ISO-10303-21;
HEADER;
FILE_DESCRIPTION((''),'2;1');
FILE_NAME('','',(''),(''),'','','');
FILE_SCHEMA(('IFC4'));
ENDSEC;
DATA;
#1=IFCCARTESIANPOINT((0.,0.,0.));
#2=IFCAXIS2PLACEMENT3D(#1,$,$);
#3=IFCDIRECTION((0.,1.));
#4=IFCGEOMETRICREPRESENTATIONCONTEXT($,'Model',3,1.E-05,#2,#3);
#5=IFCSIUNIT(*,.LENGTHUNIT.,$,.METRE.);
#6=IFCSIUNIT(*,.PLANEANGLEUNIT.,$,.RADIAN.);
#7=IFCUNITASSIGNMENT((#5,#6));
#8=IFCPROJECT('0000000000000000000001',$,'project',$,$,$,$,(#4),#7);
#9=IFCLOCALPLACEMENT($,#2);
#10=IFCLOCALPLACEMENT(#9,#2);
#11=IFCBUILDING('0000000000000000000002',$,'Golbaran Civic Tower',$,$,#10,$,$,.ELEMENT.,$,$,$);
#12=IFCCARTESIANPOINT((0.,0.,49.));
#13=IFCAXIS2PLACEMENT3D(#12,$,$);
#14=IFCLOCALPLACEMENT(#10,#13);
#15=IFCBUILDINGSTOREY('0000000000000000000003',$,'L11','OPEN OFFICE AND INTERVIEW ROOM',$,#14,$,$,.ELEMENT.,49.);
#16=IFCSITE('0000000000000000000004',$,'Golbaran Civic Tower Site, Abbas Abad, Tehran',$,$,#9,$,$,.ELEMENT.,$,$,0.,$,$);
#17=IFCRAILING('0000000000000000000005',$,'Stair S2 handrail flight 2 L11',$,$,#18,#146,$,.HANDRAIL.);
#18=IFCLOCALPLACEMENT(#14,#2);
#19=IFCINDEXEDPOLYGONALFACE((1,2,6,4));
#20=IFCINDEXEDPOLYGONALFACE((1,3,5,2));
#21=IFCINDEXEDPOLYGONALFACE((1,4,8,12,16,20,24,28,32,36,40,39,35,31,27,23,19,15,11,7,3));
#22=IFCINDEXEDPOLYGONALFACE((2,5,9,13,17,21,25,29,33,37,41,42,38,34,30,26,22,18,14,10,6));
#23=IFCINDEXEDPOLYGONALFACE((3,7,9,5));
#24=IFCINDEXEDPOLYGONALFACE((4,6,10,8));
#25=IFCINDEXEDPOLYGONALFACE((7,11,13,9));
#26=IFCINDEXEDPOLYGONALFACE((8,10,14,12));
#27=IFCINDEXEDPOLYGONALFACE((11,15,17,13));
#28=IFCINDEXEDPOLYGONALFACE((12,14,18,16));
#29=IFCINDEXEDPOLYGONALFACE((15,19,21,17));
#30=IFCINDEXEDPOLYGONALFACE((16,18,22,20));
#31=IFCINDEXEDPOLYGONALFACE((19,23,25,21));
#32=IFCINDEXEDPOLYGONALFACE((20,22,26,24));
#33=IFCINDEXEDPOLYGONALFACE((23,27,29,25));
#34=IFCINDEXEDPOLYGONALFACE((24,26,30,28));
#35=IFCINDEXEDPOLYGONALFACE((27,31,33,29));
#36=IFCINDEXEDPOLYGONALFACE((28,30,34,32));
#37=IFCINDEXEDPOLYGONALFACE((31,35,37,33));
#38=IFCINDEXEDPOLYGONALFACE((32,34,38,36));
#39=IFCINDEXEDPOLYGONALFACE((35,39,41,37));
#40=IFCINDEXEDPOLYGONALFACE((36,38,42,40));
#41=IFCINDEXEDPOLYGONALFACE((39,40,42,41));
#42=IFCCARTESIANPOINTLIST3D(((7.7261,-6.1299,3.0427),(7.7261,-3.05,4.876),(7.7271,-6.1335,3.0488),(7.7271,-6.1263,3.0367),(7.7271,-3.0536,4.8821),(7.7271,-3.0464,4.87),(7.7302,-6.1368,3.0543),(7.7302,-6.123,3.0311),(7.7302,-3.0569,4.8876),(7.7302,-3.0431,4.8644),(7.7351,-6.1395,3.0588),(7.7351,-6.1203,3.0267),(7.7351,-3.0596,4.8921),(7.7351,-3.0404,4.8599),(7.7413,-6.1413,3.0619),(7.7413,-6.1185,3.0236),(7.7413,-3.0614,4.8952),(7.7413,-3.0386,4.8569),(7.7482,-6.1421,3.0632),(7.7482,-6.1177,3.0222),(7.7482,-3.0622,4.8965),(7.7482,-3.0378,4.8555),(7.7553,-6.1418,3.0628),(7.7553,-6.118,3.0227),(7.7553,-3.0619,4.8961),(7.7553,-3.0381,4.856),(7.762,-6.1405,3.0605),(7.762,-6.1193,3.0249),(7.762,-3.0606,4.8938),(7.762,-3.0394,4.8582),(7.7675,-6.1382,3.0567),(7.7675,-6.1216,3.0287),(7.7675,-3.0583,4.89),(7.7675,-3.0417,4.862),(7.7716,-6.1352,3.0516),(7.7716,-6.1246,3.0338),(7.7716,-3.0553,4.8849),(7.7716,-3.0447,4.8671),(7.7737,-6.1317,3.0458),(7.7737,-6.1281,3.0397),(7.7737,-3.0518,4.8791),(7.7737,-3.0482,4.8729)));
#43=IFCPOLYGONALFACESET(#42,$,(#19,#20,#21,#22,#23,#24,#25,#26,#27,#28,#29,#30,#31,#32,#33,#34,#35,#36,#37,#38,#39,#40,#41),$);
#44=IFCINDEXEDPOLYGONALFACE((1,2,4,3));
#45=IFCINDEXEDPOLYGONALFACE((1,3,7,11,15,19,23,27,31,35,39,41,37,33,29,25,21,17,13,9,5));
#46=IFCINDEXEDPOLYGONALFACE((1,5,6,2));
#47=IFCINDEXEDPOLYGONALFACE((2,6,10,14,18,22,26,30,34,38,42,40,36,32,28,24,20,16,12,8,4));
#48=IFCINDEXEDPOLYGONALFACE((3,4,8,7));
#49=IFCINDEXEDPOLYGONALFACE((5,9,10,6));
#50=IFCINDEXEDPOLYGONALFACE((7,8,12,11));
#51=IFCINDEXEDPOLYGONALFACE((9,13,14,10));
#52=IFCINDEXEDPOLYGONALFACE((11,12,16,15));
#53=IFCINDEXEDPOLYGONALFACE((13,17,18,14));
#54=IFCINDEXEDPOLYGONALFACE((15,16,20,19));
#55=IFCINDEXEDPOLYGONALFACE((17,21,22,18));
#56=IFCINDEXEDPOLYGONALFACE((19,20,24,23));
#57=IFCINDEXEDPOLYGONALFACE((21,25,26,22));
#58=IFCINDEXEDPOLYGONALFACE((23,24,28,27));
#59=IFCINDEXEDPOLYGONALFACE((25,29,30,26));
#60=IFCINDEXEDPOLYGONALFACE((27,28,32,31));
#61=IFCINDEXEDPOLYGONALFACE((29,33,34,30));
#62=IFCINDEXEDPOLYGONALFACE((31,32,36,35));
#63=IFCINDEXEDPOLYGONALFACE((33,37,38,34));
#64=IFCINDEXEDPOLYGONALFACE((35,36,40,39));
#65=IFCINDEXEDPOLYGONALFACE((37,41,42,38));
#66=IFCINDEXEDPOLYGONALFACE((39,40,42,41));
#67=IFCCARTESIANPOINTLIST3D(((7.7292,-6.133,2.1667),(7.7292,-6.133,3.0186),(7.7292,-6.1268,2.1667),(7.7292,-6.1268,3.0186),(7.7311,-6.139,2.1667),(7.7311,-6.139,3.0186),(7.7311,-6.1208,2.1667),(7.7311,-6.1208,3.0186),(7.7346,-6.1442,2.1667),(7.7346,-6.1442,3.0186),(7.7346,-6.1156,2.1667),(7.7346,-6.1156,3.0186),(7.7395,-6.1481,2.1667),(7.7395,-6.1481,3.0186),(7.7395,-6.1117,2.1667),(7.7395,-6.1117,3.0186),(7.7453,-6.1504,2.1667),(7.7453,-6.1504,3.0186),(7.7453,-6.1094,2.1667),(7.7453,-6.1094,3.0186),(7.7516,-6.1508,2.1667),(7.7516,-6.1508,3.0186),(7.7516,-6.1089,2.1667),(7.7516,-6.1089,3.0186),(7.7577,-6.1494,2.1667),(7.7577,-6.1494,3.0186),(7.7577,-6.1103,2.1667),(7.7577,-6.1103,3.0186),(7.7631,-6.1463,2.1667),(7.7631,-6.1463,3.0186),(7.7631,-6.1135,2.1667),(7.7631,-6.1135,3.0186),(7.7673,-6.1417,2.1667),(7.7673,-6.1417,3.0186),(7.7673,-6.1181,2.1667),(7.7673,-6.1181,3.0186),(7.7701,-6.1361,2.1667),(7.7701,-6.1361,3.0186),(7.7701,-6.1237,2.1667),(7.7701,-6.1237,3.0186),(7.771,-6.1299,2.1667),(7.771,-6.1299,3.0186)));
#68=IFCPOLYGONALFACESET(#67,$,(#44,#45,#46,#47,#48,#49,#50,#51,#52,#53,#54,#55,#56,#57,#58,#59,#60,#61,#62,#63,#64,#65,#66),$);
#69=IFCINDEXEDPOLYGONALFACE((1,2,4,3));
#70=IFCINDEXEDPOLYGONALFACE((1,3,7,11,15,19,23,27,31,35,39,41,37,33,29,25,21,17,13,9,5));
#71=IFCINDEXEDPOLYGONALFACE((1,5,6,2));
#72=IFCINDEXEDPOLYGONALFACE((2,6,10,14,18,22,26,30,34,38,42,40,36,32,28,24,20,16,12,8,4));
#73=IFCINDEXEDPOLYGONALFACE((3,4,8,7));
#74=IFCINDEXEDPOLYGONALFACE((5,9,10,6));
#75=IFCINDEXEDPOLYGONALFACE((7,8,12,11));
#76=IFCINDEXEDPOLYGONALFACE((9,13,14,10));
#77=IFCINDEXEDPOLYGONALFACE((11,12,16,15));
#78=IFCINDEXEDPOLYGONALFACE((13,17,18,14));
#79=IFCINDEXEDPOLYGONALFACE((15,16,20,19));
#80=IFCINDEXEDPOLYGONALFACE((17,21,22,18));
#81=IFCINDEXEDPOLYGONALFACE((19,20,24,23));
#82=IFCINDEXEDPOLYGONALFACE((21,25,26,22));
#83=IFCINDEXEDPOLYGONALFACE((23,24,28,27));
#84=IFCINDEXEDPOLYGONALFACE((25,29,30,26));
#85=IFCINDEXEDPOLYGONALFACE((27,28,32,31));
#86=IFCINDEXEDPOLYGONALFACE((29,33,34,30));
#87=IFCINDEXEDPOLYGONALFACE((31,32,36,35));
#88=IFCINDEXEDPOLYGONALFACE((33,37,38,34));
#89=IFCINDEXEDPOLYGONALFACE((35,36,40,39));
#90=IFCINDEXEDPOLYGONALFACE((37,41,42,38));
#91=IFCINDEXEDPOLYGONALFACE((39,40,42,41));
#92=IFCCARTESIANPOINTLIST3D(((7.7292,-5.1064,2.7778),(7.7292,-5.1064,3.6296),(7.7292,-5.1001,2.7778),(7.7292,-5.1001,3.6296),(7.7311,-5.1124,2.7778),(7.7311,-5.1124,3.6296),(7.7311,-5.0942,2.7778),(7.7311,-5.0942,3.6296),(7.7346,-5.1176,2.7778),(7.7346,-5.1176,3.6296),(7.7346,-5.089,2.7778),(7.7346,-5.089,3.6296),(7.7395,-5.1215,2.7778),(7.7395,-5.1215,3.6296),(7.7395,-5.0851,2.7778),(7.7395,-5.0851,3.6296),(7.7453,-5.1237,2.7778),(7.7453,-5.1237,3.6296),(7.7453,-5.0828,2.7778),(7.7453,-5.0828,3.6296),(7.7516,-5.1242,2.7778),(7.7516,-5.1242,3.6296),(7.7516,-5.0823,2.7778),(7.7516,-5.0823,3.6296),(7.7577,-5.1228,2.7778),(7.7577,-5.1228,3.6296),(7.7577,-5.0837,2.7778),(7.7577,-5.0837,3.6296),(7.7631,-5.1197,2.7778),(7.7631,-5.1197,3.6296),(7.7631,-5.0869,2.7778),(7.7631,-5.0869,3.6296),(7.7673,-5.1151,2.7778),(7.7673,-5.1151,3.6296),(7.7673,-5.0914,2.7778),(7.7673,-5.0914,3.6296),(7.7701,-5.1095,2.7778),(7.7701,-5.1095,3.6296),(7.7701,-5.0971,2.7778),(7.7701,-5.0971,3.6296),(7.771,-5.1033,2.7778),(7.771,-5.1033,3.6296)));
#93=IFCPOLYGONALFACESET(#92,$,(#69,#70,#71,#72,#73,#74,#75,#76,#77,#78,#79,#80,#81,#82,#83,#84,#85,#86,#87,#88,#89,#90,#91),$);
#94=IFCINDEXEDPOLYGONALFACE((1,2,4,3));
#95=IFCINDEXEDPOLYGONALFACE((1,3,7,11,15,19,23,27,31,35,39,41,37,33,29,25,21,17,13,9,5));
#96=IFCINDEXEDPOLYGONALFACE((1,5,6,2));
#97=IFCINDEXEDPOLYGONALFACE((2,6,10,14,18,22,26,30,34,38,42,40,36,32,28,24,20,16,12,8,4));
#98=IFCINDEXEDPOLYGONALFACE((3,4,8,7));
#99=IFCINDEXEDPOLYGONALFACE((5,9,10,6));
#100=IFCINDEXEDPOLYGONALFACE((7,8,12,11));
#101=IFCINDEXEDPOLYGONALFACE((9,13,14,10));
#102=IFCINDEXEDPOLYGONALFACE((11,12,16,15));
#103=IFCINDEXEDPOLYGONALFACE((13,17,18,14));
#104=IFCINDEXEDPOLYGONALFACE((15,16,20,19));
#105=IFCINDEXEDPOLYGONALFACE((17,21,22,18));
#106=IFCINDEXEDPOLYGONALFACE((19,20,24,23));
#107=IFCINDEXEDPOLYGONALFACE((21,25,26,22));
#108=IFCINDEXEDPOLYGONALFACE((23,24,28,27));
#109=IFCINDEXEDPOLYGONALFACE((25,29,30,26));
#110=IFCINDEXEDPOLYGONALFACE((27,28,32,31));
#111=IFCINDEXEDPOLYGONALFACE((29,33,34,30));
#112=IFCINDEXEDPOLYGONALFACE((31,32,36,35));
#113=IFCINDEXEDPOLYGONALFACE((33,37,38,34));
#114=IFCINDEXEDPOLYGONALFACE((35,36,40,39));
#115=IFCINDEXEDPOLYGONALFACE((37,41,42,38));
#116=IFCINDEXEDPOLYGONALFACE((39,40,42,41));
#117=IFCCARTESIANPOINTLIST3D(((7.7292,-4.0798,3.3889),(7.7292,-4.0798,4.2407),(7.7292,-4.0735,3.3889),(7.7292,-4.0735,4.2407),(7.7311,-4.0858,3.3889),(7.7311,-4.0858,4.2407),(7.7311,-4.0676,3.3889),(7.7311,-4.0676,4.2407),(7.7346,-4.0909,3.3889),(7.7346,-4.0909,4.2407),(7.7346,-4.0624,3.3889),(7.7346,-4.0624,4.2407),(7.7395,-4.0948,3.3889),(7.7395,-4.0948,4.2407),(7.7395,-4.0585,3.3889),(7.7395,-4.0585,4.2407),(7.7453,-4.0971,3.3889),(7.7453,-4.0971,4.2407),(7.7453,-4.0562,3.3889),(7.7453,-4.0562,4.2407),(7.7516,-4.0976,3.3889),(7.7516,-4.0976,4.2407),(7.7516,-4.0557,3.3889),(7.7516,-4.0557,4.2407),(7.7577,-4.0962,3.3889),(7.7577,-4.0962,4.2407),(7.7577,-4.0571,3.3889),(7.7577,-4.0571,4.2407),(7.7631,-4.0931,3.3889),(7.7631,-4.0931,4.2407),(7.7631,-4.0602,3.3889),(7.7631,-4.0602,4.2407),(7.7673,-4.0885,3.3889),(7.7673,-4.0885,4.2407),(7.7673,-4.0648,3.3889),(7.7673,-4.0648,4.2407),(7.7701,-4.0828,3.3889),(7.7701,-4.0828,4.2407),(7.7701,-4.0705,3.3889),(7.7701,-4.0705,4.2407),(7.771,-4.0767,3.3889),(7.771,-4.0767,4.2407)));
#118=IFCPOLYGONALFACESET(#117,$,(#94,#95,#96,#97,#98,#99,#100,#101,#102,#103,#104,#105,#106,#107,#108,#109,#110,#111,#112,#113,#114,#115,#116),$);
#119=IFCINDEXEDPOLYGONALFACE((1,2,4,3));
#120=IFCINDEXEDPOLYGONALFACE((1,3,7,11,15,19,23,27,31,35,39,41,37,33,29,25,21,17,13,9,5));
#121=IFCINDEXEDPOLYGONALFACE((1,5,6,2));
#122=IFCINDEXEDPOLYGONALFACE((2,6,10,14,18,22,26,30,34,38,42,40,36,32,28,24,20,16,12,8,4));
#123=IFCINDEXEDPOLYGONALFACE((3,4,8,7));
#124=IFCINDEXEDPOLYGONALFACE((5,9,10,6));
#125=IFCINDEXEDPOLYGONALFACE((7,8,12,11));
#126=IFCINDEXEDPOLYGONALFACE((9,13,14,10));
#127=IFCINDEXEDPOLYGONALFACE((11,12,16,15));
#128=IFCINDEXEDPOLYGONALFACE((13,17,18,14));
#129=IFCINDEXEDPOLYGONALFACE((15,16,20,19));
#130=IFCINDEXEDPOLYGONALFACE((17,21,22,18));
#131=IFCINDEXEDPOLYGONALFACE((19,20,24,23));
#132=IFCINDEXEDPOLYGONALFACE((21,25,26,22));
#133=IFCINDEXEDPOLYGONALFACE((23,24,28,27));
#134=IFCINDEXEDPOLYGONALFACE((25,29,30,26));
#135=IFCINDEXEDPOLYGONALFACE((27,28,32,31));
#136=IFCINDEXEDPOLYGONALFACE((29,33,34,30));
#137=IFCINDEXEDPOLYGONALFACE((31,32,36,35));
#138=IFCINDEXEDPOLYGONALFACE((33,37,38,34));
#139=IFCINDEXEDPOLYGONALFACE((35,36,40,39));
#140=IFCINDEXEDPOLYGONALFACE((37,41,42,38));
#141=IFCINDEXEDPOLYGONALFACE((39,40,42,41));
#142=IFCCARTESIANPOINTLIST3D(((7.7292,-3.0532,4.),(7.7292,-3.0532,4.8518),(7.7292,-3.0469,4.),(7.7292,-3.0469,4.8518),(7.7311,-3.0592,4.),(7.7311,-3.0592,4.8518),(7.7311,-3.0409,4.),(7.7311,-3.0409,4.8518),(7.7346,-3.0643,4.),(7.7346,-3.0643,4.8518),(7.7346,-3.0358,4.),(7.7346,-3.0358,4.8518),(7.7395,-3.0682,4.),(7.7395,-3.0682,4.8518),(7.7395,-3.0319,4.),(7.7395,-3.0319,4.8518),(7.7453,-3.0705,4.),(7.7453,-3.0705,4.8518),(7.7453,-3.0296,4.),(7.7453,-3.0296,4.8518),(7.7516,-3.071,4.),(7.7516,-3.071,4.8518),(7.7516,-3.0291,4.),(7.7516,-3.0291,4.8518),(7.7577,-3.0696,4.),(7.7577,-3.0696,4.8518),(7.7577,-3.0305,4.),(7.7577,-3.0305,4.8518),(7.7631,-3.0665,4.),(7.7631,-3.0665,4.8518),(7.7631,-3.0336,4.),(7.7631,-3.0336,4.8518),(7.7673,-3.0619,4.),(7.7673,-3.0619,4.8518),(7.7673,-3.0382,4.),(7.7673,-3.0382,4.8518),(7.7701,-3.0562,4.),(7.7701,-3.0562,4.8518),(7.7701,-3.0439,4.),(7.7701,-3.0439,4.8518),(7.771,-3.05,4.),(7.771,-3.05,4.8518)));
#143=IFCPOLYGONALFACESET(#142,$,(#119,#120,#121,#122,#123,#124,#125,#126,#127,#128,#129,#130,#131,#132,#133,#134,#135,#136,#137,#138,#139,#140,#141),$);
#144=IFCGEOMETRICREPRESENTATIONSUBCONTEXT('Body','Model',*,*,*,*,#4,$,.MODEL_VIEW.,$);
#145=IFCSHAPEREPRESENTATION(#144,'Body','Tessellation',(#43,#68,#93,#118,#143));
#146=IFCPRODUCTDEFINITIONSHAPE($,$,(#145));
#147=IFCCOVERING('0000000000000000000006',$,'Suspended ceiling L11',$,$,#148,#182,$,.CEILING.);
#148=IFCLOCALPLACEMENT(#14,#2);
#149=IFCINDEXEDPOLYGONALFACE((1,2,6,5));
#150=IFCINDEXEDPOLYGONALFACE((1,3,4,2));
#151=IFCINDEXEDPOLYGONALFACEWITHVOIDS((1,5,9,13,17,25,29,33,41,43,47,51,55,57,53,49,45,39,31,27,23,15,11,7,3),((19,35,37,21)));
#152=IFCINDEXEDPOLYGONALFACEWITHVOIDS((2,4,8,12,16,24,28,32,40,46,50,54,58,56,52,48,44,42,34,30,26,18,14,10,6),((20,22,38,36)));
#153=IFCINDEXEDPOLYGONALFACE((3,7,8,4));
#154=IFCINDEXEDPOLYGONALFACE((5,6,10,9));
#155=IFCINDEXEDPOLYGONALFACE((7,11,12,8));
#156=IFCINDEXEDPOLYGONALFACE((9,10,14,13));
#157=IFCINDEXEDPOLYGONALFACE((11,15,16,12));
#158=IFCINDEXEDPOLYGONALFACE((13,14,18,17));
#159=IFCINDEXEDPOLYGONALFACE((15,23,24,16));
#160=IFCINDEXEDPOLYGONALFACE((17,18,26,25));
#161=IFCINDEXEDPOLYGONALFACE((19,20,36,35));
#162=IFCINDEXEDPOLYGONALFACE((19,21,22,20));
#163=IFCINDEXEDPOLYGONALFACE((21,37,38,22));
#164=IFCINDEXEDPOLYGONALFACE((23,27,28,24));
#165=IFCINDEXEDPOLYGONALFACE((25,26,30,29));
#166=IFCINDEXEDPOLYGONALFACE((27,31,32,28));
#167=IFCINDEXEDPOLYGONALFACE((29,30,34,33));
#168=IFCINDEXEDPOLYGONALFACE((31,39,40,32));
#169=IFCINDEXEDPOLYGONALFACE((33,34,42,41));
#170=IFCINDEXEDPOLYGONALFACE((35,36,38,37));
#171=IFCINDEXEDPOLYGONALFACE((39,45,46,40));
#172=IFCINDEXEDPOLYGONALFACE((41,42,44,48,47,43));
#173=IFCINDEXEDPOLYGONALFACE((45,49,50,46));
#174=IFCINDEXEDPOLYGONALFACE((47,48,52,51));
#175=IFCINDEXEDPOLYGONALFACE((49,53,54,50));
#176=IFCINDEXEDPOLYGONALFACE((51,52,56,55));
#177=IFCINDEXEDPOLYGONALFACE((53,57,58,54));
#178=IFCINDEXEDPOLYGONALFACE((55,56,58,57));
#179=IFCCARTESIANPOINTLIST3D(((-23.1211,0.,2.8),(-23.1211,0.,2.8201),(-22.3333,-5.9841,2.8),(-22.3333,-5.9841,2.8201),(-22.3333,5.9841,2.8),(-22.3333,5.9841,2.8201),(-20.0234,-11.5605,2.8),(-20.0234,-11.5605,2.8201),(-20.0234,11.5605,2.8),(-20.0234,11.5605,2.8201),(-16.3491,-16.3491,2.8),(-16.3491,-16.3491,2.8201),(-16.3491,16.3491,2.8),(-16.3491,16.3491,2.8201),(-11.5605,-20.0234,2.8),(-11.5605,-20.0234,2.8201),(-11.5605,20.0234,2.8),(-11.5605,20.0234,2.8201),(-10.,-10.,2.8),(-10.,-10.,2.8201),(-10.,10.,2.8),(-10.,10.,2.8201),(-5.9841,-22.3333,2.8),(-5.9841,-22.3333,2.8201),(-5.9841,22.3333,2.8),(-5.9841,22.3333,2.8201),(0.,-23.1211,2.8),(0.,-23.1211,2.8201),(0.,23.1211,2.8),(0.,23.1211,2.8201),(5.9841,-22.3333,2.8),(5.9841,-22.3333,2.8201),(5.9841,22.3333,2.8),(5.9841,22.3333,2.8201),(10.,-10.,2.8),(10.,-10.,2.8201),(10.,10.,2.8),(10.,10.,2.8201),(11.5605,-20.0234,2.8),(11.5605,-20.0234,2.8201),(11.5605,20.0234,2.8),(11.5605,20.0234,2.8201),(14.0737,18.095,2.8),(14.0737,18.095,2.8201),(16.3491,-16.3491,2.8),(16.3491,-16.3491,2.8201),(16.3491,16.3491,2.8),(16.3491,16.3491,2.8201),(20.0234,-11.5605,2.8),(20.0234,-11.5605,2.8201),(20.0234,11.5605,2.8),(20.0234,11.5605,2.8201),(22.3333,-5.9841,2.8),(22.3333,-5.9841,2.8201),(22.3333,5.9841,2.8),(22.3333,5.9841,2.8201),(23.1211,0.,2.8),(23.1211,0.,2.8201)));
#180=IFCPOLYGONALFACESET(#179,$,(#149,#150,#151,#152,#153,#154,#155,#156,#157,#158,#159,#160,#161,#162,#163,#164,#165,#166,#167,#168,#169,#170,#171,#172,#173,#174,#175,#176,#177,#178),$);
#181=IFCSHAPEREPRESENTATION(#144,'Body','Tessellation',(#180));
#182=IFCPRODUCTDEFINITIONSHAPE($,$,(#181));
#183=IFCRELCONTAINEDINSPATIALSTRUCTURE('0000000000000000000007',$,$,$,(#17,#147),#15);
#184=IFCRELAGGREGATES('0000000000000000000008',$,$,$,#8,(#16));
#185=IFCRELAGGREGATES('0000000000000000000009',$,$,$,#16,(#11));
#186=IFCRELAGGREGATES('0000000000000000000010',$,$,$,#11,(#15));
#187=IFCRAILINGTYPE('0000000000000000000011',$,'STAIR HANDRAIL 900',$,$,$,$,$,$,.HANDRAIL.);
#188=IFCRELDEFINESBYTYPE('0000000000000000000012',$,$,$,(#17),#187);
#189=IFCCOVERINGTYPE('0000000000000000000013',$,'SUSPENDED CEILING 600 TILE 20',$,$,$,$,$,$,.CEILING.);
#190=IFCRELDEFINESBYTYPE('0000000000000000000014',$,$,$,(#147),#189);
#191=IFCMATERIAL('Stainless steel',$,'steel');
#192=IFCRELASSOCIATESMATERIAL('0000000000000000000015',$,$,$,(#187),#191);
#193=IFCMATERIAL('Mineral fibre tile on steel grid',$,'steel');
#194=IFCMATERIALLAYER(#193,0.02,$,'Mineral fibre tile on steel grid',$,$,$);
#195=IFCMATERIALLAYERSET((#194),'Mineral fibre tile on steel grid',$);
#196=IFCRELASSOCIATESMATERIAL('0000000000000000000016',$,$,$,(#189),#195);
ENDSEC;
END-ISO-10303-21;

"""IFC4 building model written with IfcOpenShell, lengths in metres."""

from ifc_helpers import new_model, si_unit, direction, frame, origin, origin_2d, place, context, subcontext, project, spatial, polyline, circle, outline, extrude, material, layer, layer_set, type_object, element, save


model = new_model("IFC4")

# Units and contexts
model_context = context("Model", 3, precision=1e-05, world=origin(), true_north=direction((0.0, 1.0)))
body_context = subcontext(model_context, "Body", "Model", "MODEL_VIEW")
ifc_project = project(units=[si_unit("LENGTHUNIT", "METRE"), si_unit("PLANEANGLEUNIT", "RADIAN")], contexts=[model_context])

# Site, building, storey
site_placement = place(None, origin())
site = spatial("IfcSite", under=ifc_project, at=site_placement, Name="Golbaran Civic Tower Site, Abbas Abad, Tehran", CompositionType="ELEMENT", RefElevation=0.0)
building_placement = place(site_placement, origin())
building = spatial("IfcBuilding", under=site, at=building_placement, Name="Golbaran Civic Tower", CompositionType="ELEMENT")
storey_placement = place(building_placement, frame((0.0, 0.0, 49.0)))
storey = spatial("IfcBuildingStorey", under=building, at=storey_placement, Name="L11", Description="OPEN OFFICE AND INTERVIEW ROOM", CompositionType="ELEMENT", Elevation=49.0)

# Shared definitions
ifc_material_1 = material(Name="Stainless steel", Category="steel")

# Railing
railing_type = type_object("IfcRailingType", Name="STAIR HANDRAIL 900", PredefinedType="HANDRAIL", material=ifc_material_1)
railing_1_placement = place(storey_placement, frame((7.75, -6.1299, 2.1667)))
element("IfcRailing", 1, at=railing_1_placement, inside=storey, type_object=railing_type, Name="Stair S2 handrail flight 2 L11", PredefinedType="HANDRAIL", context=body_context, shape_type="SweptSolid", body=[
    extrude(circle(Radius=0.0239, at=origin_2d()), frame((0.0, 0.0, 0.876), z_axis=(0.0, 0.859291, 0.511487), x_axis=(-1.0, 0.0, 0.0)), (0.0, 0.0, 1.0), 3.5842),
    extrude(circle(Radius=0.021, at=origin_2d()), origin(), (0.0, 0.0, 1.0), 0.8518),
    extrude(circle(Radius=0.021, at=origin_2d()), frame((0.0, 1.0266, 0.6111)), (0.0, 0.0, 1.0), 0.8518),
    extrude(circle(Radius=0.021, at=origin_2d()), frame((0.0, 2.0532, 1.2222)), (0.0, 0.0, 1.0), 0.8518),
    extrude(circle(Radius=0.021, at=origin_2d()), frame((0.0, 3.0798, 1.8333)), (0.0, 0.0, 1.0), 0.8518),
])

# Covering
ifc_material_2 = material(Name="Mineral fibre tile on steel grid", Category="steel")
ifc_layer_1 = layer(ifc_material_2, 0.02, Name="Mineral fibre tile on steel grid")
ifc_layer_set_1 = layer_set([ifc_layer_1], Name="Mineral fibre tile on steel grid")
covering_type = type_object("IfcCoveringType", Name="SUSPENDED CEILING 600 TILE 20", PredefinedType="CEILING", material=ifc_layer_set_1)
covering_placement = place(storey_placement, frame((0.0, 0.0, 2.8)))
element("IfcCovering", 2, at=covering_placement, inside=storey, type_object=covering_type, Name="Suspended ceiling L11", PredefinedType="CEILING", context=body_context, shape_type="SweptSolid", body=[
    extrude(outline(polyline([(-20.0234, 11.5605), (-16.3491, 16.3491), (-11.5605, 20.0234), (-5.9841, 22.3333), (0.0, 23.1211), (5.9841, 22.3333), (11.5605, 20.0234), (14.0737, 18.095), (16.3491, 16.3491), (20.0234, 11.5605), (22.3333, 5.9841), (23.1211, 0.0), (22.3333, -5.9841), (20.0234, -11.5605), (16.3491, -16.3491), (11.5605, -20.0234), (5.9841, -22.3333), (0.0, -23.1211), (-5.9841, -22.3333), (-11.5605, -20.0234), (-16.3491, -16.3491), (-20.0234, -11.5605), (-22.3333, -5.9841), (-23.1211, 0.0), (-22.3333, 5.9841), (-20.0234, 11.5605)]), holes=[polyline([(10.0, 10.0), (-10.0, 10.0), (-10.0, -10.0), (10.0, -10.0), (10.0, 10.0)])]), origin(), (0.0, 0.0, 1.0), 0.02),
])

save(model, "model.ifc")
